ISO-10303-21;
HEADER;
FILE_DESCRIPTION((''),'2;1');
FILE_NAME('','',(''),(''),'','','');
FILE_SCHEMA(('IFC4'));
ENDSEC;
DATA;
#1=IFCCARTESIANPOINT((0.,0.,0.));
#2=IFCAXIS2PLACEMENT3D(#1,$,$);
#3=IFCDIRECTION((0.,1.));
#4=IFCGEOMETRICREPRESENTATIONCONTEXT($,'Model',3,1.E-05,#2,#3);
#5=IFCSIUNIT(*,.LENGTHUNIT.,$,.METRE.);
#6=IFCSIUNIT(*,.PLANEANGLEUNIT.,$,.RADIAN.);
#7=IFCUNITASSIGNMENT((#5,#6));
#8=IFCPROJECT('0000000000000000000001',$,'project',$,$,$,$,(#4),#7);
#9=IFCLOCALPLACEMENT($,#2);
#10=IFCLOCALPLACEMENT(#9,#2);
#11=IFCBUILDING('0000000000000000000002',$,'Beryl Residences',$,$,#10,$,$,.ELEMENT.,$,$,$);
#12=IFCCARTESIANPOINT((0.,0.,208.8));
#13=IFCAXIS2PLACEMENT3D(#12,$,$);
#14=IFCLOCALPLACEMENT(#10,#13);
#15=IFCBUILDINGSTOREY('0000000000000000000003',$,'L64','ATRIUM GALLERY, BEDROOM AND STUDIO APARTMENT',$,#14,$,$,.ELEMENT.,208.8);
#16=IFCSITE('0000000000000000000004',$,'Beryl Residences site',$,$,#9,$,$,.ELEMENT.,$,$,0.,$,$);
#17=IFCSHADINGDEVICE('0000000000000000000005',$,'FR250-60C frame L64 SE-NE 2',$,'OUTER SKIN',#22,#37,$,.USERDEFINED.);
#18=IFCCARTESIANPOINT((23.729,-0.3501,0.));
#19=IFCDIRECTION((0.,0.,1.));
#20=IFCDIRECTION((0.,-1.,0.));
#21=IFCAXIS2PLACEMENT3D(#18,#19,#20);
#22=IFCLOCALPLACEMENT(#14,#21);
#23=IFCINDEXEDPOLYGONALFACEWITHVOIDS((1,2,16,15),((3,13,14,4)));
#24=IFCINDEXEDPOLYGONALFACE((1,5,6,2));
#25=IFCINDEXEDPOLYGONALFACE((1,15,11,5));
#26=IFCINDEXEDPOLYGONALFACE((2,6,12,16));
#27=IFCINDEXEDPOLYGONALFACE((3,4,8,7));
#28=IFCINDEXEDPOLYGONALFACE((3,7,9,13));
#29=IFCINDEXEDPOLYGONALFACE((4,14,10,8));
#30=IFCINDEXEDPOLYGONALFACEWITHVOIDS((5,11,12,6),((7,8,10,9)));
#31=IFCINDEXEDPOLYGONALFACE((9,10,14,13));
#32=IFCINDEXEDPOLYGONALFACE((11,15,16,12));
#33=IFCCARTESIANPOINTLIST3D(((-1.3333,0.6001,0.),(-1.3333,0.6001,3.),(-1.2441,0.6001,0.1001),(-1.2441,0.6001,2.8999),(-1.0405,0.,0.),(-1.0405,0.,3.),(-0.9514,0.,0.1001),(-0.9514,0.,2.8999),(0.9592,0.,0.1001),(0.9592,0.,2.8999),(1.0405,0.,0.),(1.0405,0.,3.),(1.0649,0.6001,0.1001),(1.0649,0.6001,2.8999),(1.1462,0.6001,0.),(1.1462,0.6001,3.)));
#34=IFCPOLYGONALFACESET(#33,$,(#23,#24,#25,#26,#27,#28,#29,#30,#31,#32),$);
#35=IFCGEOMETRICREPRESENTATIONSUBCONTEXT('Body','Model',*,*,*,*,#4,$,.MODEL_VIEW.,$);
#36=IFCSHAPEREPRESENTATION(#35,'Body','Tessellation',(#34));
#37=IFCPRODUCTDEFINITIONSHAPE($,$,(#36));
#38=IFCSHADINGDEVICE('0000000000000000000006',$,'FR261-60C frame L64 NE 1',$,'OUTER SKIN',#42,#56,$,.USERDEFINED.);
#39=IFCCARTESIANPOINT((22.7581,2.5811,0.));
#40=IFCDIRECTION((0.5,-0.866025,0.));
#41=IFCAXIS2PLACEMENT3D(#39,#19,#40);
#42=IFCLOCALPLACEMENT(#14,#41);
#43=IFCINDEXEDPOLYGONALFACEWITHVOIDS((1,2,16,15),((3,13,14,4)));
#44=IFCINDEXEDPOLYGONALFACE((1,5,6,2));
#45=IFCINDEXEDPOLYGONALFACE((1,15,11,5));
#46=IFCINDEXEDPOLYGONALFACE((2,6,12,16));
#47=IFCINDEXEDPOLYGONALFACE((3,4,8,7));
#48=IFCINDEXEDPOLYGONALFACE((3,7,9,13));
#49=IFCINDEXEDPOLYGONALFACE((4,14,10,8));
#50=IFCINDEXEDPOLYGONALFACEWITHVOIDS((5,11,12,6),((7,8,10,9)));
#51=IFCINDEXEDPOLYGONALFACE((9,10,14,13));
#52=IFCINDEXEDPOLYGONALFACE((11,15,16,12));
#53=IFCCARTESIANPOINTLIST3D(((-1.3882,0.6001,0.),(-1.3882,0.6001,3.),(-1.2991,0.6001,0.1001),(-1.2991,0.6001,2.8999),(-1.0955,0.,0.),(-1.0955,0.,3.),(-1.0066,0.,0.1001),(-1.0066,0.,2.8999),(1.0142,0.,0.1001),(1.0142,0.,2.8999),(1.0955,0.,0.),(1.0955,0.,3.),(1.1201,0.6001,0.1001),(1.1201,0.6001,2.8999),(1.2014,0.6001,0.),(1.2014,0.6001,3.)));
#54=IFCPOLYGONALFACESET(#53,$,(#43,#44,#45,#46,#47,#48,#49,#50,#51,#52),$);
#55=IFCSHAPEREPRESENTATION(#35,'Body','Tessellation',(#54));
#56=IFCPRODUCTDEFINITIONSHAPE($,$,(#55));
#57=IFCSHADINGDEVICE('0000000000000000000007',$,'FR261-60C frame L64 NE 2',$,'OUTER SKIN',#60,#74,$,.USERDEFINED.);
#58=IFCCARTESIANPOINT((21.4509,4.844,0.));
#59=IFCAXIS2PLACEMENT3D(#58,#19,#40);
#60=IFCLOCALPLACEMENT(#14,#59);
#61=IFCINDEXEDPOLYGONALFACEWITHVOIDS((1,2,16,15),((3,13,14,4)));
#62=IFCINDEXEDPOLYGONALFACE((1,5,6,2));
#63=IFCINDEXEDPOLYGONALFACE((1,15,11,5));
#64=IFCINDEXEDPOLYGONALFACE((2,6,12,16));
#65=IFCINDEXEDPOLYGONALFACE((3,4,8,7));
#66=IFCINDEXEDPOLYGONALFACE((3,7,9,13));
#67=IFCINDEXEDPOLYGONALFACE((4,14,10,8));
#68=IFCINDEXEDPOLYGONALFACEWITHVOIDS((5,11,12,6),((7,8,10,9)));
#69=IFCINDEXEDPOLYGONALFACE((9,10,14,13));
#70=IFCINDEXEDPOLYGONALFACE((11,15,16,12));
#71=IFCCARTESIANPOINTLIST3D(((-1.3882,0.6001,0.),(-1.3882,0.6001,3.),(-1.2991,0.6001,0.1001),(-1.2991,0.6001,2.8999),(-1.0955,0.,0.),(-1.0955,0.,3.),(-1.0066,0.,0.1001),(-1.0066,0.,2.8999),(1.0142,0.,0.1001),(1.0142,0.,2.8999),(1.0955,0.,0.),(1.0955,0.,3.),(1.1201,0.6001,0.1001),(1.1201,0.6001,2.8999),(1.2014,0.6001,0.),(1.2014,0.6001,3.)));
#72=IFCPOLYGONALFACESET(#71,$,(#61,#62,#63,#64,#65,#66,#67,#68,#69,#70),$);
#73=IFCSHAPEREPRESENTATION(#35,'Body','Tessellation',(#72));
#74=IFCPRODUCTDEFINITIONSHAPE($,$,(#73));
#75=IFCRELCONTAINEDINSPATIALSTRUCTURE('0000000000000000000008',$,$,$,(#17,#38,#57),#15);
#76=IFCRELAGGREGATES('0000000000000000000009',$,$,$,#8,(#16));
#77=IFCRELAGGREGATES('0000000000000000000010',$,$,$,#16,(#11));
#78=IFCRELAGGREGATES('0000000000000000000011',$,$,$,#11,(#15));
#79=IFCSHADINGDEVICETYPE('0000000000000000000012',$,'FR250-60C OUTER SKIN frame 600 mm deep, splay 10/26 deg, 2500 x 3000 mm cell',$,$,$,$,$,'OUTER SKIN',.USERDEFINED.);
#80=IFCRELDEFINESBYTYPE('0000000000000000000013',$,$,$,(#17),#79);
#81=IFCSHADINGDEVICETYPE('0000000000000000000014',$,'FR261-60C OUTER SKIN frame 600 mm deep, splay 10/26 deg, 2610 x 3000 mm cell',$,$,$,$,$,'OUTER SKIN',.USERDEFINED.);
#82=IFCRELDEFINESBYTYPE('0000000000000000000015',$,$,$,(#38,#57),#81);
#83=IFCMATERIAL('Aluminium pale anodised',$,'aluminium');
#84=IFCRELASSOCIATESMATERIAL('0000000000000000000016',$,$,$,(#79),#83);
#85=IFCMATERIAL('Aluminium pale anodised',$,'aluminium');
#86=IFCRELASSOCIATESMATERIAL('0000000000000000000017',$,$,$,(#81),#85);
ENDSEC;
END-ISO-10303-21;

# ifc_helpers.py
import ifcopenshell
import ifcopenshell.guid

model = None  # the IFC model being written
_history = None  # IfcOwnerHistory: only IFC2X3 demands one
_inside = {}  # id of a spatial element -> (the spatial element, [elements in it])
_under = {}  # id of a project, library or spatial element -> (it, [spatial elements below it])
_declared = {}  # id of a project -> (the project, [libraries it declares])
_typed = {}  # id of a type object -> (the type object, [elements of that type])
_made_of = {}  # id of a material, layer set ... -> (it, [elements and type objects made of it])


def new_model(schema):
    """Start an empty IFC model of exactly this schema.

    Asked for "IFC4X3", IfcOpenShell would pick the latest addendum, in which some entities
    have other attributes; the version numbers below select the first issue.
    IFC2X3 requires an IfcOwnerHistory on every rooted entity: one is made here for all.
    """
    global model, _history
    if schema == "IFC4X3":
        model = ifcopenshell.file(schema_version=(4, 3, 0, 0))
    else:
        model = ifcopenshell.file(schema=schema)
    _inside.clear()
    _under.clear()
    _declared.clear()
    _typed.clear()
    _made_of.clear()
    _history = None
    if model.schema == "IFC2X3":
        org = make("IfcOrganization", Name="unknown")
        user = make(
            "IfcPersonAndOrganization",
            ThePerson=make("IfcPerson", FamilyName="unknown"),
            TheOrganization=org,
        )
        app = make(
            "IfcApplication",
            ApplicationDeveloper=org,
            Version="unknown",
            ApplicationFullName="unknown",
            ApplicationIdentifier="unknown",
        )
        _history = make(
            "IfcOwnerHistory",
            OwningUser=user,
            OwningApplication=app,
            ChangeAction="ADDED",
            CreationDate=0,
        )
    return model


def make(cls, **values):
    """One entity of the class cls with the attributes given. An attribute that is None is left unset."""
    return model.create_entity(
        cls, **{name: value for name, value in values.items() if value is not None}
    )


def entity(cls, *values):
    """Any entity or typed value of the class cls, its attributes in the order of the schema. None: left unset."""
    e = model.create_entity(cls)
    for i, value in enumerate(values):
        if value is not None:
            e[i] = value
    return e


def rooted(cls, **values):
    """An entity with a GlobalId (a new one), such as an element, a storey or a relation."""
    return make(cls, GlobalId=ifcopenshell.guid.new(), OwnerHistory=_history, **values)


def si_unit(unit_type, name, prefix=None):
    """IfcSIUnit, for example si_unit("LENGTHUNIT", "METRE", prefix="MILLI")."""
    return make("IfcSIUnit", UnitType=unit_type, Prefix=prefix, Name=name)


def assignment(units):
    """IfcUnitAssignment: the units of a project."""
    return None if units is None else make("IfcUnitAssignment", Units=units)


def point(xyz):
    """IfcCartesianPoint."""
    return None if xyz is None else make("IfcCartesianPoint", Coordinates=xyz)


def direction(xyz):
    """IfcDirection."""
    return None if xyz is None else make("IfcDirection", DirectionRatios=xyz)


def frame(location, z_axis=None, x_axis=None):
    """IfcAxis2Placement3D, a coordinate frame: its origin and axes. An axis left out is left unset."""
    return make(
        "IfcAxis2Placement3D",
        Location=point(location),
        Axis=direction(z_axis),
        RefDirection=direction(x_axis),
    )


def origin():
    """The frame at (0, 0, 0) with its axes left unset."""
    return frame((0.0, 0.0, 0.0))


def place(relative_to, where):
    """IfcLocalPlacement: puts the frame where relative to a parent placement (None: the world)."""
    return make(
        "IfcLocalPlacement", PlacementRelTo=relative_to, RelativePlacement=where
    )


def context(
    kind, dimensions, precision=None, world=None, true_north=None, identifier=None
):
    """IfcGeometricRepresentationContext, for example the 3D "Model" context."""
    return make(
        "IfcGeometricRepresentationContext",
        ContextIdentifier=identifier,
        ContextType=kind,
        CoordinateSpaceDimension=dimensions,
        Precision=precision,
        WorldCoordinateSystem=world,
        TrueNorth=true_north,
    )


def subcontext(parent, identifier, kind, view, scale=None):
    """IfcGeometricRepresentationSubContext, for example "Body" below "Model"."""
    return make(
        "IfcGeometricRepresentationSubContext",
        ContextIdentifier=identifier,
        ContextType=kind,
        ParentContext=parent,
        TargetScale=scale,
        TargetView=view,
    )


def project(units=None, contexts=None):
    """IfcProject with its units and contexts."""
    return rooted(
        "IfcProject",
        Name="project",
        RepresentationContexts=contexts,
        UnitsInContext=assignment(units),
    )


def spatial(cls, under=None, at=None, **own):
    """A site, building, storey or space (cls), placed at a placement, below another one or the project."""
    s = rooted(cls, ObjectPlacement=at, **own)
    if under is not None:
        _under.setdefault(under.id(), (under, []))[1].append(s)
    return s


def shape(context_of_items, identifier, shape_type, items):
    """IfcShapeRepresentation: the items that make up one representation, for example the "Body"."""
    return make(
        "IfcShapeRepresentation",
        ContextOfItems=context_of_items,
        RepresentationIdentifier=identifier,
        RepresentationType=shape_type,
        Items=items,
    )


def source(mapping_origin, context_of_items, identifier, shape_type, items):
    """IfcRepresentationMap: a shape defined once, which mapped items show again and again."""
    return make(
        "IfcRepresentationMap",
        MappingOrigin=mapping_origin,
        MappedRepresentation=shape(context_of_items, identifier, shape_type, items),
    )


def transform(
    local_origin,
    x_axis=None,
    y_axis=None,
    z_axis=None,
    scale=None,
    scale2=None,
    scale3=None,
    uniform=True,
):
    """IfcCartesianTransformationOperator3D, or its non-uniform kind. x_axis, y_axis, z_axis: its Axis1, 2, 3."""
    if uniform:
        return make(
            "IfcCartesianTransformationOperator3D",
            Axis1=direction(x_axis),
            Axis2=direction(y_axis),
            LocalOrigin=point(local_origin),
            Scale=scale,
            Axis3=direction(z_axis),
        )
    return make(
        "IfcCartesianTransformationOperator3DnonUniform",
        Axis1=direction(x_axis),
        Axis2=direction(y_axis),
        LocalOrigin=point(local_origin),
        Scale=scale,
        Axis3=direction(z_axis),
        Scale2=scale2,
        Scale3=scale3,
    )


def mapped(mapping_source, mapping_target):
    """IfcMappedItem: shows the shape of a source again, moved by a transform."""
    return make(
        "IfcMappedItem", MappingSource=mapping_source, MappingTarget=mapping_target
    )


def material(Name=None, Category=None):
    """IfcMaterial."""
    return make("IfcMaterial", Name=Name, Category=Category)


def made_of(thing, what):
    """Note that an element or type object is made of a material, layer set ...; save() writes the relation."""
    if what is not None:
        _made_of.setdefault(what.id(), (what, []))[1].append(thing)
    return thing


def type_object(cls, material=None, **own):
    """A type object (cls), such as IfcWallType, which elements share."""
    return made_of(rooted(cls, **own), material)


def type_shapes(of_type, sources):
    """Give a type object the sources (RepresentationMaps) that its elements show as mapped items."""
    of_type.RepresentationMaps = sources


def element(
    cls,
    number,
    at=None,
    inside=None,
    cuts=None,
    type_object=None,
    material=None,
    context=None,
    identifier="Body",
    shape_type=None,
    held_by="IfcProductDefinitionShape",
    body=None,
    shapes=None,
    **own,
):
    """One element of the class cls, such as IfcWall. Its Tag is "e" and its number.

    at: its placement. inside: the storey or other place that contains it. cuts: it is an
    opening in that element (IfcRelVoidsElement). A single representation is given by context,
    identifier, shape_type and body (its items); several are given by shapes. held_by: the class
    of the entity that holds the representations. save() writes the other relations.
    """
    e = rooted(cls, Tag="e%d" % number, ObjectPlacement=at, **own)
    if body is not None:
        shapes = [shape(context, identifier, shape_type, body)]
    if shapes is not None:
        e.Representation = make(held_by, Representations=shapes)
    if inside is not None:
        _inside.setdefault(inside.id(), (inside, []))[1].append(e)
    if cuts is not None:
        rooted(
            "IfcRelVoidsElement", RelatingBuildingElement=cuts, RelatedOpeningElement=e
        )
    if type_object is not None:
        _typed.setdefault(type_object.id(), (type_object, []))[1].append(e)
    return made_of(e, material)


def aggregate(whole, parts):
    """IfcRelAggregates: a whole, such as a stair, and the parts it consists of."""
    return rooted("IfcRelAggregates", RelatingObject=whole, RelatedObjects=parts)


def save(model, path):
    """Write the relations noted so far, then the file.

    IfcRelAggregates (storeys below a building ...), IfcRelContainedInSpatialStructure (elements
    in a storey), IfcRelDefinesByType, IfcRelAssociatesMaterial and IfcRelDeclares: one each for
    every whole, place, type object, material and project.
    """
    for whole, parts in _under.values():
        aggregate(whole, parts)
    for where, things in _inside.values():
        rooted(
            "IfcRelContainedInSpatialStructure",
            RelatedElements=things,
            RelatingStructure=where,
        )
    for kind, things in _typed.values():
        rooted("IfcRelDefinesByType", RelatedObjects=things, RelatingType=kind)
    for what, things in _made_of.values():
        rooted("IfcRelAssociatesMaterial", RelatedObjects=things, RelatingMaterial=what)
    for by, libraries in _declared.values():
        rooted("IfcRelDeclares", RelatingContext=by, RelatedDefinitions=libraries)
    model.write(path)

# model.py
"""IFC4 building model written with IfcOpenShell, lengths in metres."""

from ifc_helpers import new_model, entity, si_unit, direction, frame, origin, place, context, subcontext, project, spatial, source, transform, mapped, material, type_object, type_shapes, element, save


model = new_model("IFC4")

# Units and contexts
model_context = context("Model", 3, precision=1e-05, world=origin(), true_north=direction((0.0, 1.0)))
body_context = subcontext(model_context, "Body", "Model", "MODEL_VIEW")
ifc_project = project(units=[si_unit("LENGTHUNIT", "METRE"), si_unit("PLANEANGLEUNIT", "RADIAN")], contexts=[model_context])

# Site, building, storey
site_placement = place(None, origin())
site = spatial("IfcSite", under=ifc_project, at=site_placement, Name="Beryl Residences site", CompositionType="ELEMENT", RefElevation=0.0)
building_placement = place(site_placement, origin())
building = spatial("IfcBuilding", under=site, at=building_placement, Name="Beryl Residences", CompositionType="ELEMENT")
storey_placement = place(building_placement, frame((0.0, 0.0, 208.8)))
storey = spatial("IfcBuildingStorey", under=building, at=storey_placement, Name="L64", Description="ATRIUM GALLERY, BEDROOM AND STUDIO APARTMENT", CompositionType="ELEMENT", Elevation=208.8)

# Shading devices
ifc_material_1 = material(Name="Aluminium pale anodised", Category="aluminium")
shading_device_type_1 = type_object("IfcShadingDeviceType", Name="FR250-60C OUTER SKIN frame 600 mm deep, splay 10/26 deg, 2500 x 3000 mm cell", ElementType="OUTER SKIN", PredefinedType="USERDEFINED", material=ifc_material_1)
cartesian_point_1 = entity("IfcCartesianPoint", [-1.0405, 0.0])
cartesian_point_2 = entity("IfcCartesianPoint", [-0.9592, 0.1001])
cartesian_point_3 = entity("IfcCartesianPoint", [-1.1462, 0.0])
cartesian_point_4 = entity("IfcCartesianPoint", [-1.0649, 0.1001])
shared_shape_1 = source(origin(), body_context, "Body", "SweptSolid", [
    entity("IfcExtrudedAreaSolidTapered", entity("IfcArbitraryProfileDefWithVoids", "AREA", None, entity("IfcPolyline", [cartesian_point_1, entity("IfcCartesianPoint", [1.0405, 0.0]), entity("IfcCartesianPoint", [1.0405, 3.0]), entity("IfcCartesianPoint", [-1.0405, 3.0]), cartesian_point_1]), [entity("IfcPolyline", [cartesian_point_2, entity("IfcCartesianPoint", [0.9514, 0.1001]), entity("IfcCartesianPoint", [0.9514, 2.8999]), entity("IfcCartesianPoint", [-0.9592, 2.8999]), cartesian_point_2])]), entity("IfcAxis2Placement3D", entity("IfcCartesianPoint", [0.0, 0.0, 0.0]), entity("IfcDirection", [0.0, 1.0, 0.0]), entity("IfcDirection", [-1.0, 0.0, 0.0])), entity("IfcDirection", [0.0, 0.0, 1.0]), 0.6001, entity("IfcArbitraryProfileDefWithVoids", "AREA", None, entity("IfcPolyline", [cartesian_point_3, entity("IfcCartesianPoint", [1.3333, 0.0]), entity("IfcCartesianPoint", [1.3333, 3.0]), entity("IfcCartesianPoint", [-1.1462, 3.0]), cartesian_point_3]), [entity("IfcPolyline", [cartesian_point_4, entity("IfcCartesianPoint", [1.2441, 0.1001]), entity("IfcCartesianPoint", [1.2441, 2.8999]), entity("IfcCartesianPoint", [-1.0649, 2.8999]), cartesian_point_4])])),
])
type_shapes(shading_device_type_1, [shared_shape_1])
shading_device_placement = place(storey_placement, frame((23.729, -0.3501, 0.0), z_axis=(0.0, 0.0, 1.0), x_axis=(0.0, -1.0, 0.0)))
element("IfcShadingDevice", 1, at=shading_device_placement, inside=storey, type_object=shading_device_type_1, Name="FR250-60C frame L64 SE-NE 2", ObjectType="OUTER SKIN", PredefinedType="USERDEFINED", context=body_context, shape_type="MappedRepresentation", body=[
    mapped(shared_shape_1, transform((0.0, 0.0, 0.0))),
])
ifc_material_2 = material(Name="Aluminium pale anodised", Category="aluminium")
shading_device_type_2 = type_object("IfcShadingDeviceType", Name="FR261-60C OUTER SKIN frame 600 mm deep, splay 10/26 deg, 2610 x 3000 mm cell", ElementType="OUTER SKIN", PredefinedType="USERDEFINED", material=ifc_material_2)
cartesian_point_5 = entity("IfcCartesianPoint", [-1.0955, 0.0])
cartesian_point_6 = entity("IfcCartesianPoint", [-1.0142, 0.1001])
cartesian_point_7 = entity("IfcCartesianPoint", [-1.2014, 0.0])
cartesian_point_8 = entity("IfcCartesianPoint", [-1.1201, 0.1001])
shared_shape_2 = source(origin(), body_context, "Body", "SweptSolid", [
    entity("IfcExtrudedAreaSolidTapered", entity("IfcArbitraryProfileDefWithVoids", "AREA", None, entity("IfcPolyline", [cartesian_point_5, entity("IfcCartesianPoint", [1.0955, 0.0]), entity("IfcCartesianPoint", [1.0955, 3.0]), entity("IfcCartesianPoint", [-1.0955, 3.0]), cartesian_point_5]), [entity("IfcPolyline", [cartesian_point_6, entity("IfcCartesianPoint", [1.0066, 0.1001]), entity("IfcCartesianPoint", [1.0066, 2.8999]), entity("IfcCartesianPoint", [-1.0142, 2.8999]), cartesian_point_6])]), entity("IfcAxis2Placement3D", entity("IfcCartesianPoint", [0.0, 0.0, 0.0]), entity("IfcDirection", [0.0, 1.0, 0.0]), entity("IfcDirection", [-1.0, 0.0, 0.0])), entity("IfcDirection", [0.0, 0.0, 1.0]), 0.6001, entity("IfcArbitraryProfileDefWithVoids", "AREA", None, entity("IfcPolyline", [cartesian_point_7, entity("IfcCartesianPoint", [1.3882, 0.0]), entity("IfcCartesianPoint", [1.3882, 3.0]), entity("IfcCartesianPoint", [-1.2014, 3.0]), cartesian_point_7]), [entity("IfcPolyline", [cartesian_point_8, entity("IfcCartesianPoint", [1.2991, 0.1001]), entity("IfcCartesianPoint", [1.2991, 2.8999]), entity("IfcCartesianPoint", [-1.1201, 2.8999]), cartesian_point_8])])),
])
type_shapes(shading_device_type_2, [shared_shape_2])
for number, where, z_axis, x_axis, name in (
    (2, (22.7581, 2.5811, 0.0), (0.0, 0.0, 1.0), (0.5, -0.866025, 0.0), "FR261-60C frame L64 NE 1"),
    (3, (21.4509, 4.844, 0.0), (0.0, 0.0, 1.0), (0.5, -0.866025, 0.0), "FR261-60C frame L64 NE 2"),
):
    element("IfcShadingDevice", number, at=place(storey_placement, frame(where, z_axis=z_axis, x_axis=x_axis)), inside=storey, type_object=shading_device_type_2, Name=name, ObjectType="OUTER SKIN", PredefinedType="USERDEFINED", context=body_context, shape_type="MappedRepresentation", body=[
        mapped(shared_shape_2, transform((0.0, 0.0, 0.0))),
    ])

save(model, "model.ifc")
